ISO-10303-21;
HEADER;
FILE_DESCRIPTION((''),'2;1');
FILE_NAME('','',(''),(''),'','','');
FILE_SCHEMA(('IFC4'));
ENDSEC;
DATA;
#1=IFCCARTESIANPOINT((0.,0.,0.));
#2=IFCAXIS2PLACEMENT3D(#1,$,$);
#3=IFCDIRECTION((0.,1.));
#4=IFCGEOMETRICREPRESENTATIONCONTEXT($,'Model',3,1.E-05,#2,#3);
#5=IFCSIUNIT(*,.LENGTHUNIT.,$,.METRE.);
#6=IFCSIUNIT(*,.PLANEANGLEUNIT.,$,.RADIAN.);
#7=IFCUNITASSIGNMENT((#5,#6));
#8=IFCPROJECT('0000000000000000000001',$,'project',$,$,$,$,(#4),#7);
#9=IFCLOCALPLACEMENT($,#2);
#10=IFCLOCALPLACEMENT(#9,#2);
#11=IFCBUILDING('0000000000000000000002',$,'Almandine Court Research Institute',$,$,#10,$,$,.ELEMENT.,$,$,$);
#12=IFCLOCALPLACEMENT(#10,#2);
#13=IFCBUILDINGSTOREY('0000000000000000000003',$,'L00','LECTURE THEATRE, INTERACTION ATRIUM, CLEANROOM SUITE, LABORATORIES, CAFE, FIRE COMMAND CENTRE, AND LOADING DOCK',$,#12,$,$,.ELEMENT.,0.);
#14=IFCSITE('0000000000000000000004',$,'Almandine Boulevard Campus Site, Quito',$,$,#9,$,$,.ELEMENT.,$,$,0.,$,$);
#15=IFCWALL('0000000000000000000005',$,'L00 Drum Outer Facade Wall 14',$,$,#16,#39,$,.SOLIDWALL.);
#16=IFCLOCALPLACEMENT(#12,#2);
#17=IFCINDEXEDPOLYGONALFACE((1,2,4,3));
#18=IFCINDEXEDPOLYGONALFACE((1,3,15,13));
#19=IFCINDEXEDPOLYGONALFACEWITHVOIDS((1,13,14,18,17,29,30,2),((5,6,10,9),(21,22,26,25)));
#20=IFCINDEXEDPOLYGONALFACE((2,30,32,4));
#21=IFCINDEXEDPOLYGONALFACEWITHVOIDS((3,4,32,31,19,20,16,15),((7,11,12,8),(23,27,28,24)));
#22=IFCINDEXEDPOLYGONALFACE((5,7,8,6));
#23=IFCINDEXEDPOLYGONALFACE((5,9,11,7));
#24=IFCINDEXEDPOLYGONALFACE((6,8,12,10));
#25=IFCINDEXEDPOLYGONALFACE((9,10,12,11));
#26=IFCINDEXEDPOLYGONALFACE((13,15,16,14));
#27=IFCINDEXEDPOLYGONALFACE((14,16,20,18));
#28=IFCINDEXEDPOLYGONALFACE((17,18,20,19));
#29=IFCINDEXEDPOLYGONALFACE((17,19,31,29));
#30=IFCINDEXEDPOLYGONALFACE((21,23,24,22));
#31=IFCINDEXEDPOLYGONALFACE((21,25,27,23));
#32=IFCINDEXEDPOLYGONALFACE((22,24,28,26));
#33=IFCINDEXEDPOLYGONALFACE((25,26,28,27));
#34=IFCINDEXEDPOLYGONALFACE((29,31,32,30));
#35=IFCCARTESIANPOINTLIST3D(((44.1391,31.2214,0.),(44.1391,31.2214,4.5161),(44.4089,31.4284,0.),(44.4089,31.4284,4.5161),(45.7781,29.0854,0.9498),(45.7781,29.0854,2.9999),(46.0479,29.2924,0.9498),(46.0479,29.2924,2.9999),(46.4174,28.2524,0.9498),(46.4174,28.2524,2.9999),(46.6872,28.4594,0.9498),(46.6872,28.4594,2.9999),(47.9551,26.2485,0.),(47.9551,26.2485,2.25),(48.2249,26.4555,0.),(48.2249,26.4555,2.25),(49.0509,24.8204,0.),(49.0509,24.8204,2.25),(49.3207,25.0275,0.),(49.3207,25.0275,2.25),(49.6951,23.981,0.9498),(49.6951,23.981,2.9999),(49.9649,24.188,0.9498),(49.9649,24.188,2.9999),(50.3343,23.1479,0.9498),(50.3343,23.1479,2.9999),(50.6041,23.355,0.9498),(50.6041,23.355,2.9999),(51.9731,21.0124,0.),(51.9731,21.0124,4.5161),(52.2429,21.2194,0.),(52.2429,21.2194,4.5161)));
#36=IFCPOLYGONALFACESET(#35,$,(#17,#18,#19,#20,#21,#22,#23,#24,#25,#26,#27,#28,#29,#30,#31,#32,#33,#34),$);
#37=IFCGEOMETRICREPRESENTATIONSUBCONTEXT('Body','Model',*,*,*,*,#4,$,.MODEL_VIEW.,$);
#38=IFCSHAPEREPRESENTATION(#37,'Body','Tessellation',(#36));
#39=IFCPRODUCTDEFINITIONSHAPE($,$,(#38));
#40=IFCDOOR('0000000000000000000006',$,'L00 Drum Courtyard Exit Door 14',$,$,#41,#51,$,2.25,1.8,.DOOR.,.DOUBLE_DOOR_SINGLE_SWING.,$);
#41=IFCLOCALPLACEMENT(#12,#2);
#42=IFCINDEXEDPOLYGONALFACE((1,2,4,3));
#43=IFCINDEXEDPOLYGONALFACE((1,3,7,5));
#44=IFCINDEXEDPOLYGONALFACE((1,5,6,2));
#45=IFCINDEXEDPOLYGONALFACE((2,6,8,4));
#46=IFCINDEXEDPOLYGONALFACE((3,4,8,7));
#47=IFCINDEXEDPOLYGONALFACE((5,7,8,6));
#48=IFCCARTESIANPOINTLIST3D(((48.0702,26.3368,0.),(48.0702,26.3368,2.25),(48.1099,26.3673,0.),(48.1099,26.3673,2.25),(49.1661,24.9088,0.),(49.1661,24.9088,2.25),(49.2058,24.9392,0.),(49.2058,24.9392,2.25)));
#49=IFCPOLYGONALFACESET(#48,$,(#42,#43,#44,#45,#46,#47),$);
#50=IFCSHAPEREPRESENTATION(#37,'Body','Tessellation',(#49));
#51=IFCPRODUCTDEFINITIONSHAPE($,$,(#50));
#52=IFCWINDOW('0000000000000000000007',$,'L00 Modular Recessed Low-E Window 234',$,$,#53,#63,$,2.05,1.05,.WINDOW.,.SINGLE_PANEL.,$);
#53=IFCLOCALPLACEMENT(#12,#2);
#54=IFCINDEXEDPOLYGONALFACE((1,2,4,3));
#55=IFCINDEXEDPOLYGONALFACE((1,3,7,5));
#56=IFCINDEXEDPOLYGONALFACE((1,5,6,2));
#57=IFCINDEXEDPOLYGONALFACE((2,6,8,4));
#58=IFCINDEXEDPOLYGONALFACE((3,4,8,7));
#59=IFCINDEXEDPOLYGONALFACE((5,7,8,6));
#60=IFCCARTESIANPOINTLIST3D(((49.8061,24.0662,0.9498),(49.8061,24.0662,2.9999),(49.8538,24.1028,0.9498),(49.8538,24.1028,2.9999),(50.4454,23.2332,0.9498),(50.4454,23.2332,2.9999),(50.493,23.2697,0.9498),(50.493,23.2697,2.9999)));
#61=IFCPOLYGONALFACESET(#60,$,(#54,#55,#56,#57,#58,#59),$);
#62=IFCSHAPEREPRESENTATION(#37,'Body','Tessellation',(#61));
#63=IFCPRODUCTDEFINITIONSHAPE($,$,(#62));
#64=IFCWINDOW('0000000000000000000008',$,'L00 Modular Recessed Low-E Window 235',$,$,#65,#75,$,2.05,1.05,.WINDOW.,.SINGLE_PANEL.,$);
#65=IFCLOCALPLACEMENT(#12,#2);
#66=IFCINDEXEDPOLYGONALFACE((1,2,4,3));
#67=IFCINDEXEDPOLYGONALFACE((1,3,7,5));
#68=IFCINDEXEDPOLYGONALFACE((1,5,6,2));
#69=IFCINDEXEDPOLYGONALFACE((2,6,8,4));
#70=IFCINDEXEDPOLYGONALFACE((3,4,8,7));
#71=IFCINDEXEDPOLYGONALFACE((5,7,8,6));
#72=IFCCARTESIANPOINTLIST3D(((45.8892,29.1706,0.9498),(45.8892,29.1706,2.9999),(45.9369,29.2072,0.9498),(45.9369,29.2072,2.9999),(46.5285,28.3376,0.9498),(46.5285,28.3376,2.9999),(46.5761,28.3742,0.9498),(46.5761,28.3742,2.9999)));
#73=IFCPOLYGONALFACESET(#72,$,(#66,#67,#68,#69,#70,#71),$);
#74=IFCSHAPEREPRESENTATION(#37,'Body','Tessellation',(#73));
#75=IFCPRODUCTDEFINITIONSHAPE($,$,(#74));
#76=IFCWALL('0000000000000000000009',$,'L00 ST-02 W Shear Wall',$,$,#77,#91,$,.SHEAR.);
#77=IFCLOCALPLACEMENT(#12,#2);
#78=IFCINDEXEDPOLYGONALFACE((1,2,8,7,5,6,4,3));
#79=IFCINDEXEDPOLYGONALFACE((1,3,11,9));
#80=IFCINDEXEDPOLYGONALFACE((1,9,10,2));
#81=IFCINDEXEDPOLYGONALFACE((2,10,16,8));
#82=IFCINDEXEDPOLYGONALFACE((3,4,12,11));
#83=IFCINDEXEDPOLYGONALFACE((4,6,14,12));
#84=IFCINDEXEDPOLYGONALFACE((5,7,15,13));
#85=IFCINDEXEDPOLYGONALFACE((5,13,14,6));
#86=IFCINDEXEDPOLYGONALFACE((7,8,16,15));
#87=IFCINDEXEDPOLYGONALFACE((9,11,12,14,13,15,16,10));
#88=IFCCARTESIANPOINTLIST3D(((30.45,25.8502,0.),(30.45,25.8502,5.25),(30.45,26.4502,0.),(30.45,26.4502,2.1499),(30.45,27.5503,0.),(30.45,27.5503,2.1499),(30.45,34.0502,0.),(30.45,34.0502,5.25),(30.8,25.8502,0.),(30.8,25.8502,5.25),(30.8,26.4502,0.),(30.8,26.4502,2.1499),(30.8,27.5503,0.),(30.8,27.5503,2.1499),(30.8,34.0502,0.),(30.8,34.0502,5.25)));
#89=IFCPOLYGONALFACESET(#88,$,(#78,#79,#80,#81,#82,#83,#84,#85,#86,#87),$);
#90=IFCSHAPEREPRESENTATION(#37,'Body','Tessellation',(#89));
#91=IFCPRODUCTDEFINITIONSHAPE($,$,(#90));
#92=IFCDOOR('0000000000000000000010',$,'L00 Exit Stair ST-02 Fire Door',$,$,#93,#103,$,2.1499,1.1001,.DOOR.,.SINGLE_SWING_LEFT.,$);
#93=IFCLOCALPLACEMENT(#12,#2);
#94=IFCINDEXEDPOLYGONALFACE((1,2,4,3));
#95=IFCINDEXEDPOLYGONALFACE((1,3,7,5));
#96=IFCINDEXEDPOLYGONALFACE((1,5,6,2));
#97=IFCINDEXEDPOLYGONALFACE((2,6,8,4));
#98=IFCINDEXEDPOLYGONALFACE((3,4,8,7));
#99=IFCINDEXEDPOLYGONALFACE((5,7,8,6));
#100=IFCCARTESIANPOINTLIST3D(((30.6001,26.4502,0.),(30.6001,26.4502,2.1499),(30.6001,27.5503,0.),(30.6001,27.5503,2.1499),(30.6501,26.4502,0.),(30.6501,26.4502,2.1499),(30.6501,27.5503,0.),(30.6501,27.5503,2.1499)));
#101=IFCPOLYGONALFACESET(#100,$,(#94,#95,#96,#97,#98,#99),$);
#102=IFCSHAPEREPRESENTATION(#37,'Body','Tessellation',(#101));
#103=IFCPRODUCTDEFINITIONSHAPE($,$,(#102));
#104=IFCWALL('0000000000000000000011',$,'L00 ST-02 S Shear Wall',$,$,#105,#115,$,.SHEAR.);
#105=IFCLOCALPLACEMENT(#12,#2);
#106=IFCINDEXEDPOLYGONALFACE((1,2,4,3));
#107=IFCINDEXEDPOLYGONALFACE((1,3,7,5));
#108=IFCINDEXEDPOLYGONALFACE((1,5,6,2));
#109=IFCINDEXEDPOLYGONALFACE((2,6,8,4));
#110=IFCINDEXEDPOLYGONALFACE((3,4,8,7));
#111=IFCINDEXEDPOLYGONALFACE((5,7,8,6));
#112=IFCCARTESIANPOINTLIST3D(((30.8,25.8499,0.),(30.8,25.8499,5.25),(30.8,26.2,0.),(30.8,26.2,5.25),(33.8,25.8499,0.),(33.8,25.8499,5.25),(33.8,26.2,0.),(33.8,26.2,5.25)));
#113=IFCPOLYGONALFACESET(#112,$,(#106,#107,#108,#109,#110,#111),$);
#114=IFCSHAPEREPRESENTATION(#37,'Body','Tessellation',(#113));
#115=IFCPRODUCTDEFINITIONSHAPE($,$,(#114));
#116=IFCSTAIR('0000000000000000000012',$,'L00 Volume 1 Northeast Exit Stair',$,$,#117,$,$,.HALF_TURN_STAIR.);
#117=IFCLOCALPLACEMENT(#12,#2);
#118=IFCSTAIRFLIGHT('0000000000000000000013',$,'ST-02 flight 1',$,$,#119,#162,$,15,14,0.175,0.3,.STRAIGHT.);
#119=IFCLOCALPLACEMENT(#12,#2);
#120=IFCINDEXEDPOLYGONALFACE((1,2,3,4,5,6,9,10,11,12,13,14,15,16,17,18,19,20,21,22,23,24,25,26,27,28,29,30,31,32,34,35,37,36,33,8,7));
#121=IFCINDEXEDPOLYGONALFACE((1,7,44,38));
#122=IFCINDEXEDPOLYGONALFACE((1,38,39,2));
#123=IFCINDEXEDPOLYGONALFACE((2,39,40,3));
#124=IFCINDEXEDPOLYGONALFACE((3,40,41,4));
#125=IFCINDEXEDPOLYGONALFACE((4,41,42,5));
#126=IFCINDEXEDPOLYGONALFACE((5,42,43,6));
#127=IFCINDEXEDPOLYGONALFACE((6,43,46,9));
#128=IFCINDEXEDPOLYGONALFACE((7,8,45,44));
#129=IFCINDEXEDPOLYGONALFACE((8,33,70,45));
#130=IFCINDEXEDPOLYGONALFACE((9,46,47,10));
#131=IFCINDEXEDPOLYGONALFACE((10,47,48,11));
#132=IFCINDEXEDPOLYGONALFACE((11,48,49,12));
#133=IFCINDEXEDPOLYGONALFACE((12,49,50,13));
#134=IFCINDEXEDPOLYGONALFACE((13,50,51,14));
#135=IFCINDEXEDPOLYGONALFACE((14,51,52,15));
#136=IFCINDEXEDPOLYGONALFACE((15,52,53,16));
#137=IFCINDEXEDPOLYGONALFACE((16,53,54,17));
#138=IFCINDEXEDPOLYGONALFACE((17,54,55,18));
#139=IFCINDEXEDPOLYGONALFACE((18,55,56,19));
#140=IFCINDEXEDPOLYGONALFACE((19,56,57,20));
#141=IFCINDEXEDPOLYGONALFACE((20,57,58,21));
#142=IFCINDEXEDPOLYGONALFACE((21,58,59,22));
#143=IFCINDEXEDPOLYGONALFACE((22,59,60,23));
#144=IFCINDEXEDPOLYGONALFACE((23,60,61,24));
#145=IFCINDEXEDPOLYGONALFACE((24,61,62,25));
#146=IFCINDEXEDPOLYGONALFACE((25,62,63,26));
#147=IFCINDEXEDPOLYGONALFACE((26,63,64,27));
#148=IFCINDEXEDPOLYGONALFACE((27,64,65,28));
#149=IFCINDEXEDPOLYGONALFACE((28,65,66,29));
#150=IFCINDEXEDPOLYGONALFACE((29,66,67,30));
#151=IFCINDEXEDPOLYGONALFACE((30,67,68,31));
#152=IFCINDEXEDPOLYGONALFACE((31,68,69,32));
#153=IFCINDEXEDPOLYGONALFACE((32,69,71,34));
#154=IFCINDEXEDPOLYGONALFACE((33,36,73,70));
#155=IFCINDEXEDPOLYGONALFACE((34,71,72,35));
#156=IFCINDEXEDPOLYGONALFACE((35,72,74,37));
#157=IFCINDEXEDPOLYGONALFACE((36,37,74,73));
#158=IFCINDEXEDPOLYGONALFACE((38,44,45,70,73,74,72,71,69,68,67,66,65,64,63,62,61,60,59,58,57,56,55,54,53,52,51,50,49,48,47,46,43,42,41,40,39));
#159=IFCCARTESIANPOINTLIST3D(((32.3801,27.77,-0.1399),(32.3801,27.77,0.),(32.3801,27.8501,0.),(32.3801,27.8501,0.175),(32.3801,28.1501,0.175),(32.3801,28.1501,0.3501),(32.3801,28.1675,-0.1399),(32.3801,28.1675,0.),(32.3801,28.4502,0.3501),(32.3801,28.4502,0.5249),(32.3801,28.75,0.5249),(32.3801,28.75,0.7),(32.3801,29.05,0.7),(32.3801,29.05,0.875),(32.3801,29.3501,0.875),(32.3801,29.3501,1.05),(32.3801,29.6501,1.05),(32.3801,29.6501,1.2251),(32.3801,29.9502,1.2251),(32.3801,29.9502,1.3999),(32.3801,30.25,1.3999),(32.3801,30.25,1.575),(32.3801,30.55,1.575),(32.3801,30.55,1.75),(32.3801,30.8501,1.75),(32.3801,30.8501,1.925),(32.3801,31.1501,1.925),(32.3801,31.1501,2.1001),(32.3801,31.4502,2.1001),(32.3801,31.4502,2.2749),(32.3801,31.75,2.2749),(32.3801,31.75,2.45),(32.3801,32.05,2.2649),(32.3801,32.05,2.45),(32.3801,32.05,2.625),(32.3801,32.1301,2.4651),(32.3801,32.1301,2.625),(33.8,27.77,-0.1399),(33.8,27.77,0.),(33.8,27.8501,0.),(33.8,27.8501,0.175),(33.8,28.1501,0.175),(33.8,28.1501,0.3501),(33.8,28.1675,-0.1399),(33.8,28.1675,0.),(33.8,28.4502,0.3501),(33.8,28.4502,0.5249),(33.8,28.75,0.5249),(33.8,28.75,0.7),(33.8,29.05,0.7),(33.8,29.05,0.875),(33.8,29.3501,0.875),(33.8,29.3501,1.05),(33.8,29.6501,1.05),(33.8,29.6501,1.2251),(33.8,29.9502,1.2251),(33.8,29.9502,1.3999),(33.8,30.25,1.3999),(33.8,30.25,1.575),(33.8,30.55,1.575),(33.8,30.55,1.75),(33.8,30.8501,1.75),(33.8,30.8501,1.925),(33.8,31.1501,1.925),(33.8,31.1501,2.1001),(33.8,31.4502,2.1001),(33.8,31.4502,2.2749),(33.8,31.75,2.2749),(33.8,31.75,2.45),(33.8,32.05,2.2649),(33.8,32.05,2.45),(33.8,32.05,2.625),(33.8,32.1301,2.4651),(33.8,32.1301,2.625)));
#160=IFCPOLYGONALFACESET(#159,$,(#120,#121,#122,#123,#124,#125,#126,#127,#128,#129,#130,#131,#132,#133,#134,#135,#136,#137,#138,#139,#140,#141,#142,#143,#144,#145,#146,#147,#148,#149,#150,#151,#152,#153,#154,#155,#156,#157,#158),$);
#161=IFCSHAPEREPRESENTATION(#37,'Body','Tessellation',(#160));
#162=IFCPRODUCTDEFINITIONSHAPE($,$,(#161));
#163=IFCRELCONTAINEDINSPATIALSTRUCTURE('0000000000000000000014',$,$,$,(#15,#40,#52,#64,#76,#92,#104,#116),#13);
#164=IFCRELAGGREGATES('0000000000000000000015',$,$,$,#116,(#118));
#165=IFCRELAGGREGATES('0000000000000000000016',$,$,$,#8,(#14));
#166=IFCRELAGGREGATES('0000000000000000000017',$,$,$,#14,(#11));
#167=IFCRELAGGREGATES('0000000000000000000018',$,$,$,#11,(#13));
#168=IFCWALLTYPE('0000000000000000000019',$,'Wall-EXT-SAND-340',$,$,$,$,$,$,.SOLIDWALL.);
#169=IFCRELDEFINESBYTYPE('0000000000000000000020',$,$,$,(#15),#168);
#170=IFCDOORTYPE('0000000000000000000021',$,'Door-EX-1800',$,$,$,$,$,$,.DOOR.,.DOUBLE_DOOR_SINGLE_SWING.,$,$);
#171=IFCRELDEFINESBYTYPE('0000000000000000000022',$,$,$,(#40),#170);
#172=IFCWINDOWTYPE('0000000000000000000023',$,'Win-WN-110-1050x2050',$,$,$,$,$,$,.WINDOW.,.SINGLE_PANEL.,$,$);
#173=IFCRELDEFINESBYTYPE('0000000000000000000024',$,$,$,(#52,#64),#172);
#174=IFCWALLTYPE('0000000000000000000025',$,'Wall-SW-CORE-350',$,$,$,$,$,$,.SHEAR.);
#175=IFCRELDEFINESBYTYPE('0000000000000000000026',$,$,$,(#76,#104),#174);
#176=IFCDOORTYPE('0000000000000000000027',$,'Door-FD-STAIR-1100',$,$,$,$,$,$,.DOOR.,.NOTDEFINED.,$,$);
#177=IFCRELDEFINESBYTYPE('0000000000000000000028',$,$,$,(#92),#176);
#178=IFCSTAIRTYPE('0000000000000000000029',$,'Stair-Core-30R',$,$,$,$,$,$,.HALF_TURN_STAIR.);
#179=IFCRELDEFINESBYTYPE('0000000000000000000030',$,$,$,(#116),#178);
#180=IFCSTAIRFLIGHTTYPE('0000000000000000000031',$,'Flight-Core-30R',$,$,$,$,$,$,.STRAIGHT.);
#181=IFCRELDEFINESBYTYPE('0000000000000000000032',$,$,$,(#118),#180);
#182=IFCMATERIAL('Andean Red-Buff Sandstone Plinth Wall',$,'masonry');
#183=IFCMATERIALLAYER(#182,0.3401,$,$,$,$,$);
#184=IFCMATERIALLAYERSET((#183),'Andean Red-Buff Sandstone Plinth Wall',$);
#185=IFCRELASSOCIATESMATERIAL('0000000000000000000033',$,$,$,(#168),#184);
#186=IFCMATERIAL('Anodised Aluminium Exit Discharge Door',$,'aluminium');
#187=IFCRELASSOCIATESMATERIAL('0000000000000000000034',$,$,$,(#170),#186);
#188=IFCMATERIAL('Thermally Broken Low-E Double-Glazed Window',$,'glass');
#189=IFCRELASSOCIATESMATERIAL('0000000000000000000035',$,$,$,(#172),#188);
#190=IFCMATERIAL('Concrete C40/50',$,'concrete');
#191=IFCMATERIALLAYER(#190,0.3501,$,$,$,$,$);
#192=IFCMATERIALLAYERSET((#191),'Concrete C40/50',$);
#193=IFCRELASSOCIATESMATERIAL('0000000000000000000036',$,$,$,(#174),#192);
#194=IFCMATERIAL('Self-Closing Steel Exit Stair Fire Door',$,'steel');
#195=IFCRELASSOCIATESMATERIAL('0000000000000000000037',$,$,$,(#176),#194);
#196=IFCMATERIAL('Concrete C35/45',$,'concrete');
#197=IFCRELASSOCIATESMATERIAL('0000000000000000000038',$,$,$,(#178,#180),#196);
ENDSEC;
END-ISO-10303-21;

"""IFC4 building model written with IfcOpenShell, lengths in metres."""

from ifc_helpers import new_model, si_unit, direction, frame, frame_2d, origin, place, context, subcontext, project, spatial, polyline, rectangle, outline, extrude, material, layer, layer_set, type_object, element, fill, aggregate, save


model = new_model("IFC4")

# Units and contexts
model_context = context("Model", 3, precision=1e-05, world=origin(), true_north=direction((0.0, 1.0)))
body_context = subcontext(model_context, "Body", "Model", "MODEL_VIEW")
ifc_project = project(units=[si_unit("LENGTHUNIT", "METRE"), si_unit("PLANEANGLEUNIT", "RADIAN")], contexts=[model_context])

# Site, building, storey
site_placement = place(None, origin())
site = spatial("IfcSite", under=ifc_project, at=site_placement, Name="Almandine Boulevard Campus Site, Quito", CompositionType="ELEMENT", RefElevation=0.0)
building_placement = place(site_placement, origin())
building = spatial("IfcBuilding", under=site, at=building_placement, Name="Almandine Court Research Institute", CompositionType="ELEMENT")
storey_placement = place(building_placement, origin())
storey = spatial("IfcBuildingStorey", under=building, at=storey_placement, Name="L00", Description="LECTURE THEATRE, INTERACTION ATRIUM, CLEANROOM SUITE, LABORATORIES, CAFE, FIRE COMMAND CENTRE, AND LOADING DOCK", CompositionType="ELEMENT", Elevation=0.0)

# Shared definitions
ifc_material_1 = material(Name="Andean Red-Buff Sandstone Plinth Wall", Category="masonry")
ifc_layer_1 = layer(ifc_material_1, 0.3401)
ifc_layer_set_1 = layer_set([ifc_layer_1], Name="Andean Red-Buff Sandstone Plinth Wall")
wall_type_1 = type_object("IfcWallType", Name="Wall-EXT-SAND-340", PredefinedType="SOLIDWALL", material=ifc_layer_set_1)
ifc_material_2 = material(Name="Anodised Aluminium Exit Discharge Door", Category="aluminium")
door_type_1 = type_object("IfcDoorType", Name="Door-EX-1800", OperationType="DOUBLE_DOOR_SINGLE_SWING", PredefinedType="DOOR", material=ifc_material_2)
ifc_material_3 = material(Name="Thermally Broken Low-E Double-Glazed Window", Category="glass")

# Wall, openings, door, windows
wall_1_placement = place(storey_placement, frame((52.1079, 21.116, 0.0), z_axis=(0.0, 0.0, 1.0), x_axis=(-0.608779, 0.79334, 0.0)))
wall_1 = element("IfcWall", 1, at=wall_1_placement, inside=storey, type_object=wall_type_1, Name="L00 Drum Outer Facade Wall 14", PredefinedType="SOLIDWALL", context=body_context, shape_type="SweptSolid", body=[
    extrude(rectangle(XDim=12.8684, YDim=0.3401, at=frame_2d((6.4341, 0.0))), origin(), (0.0, 0.0, 1.0), 4.5161),
])
opening_1_placement = place(wall_1_placement, frame((4.8, 0.0, 0.0)))
opening_1 = element("IfcOpeningElement", 2, at=opening_1_placement, cuts=wall_1, PredefinedType="OPENING", context=body_context, shape_type="SweptSolid", body=[
    extrude(rectangle(XDim=1.8, YDim=2.25, at=frame_2d((0.8999, 1.125))), frame((0.0, 0.1799, 0.0), z_axis=(0.0, -1.0, 0.0), x_axis=(1.0, 0.0, 0.0)), (0.0, 0.0, 1.0), 0.3601),
])
opening_2_placement = place(wall_1_placement, frame((2.6919, 0.0, 0.95)))
opening_2 = element("IfcOpeningElement", 3, at=opening_2_placement, cuts=wall_1, PredefinedType="OPENING", context=body_context, shape_type="SweptSolid", body=[
    extrude(rectangle(XDim=1.05, YDim=2.05, at=frame_2d((0.5249, 1.0249))), frame((0.0, 0.1799, 0.0), z_axis=(0.0, -1.0, 0.0), x_axis=(1.0, 0.0, 0.0)), (0.0, 0.0, 1.0), 0.3601),
])
opening_3_placement = place(wall_1_placement, frame((9.126, 0.0, 0.95)))
opening_3 = element("IfcOpeningElement", 4, at=opening_3_placement, cuts=wall_1, PredefinedType="OPENING", context=body_context, shape_type="SweptSolid", body=[
    extrude(rectangle(XDim=1.05, YDim=2.05, at=frame_2d((0.5249, 1.0249))), frame((0.0, 0.1799, 0.0), z_axis=(0.0, -1.0, 0.0), x_axis=(1.0, 0.0, 0.0)), (0.0, 0.0, 1.0), 0.3601),
])
door_1_placement = place(opening_1_placement, origin())
door_1 = element("IfcDoor", 5, at=door_1_placement, inside=storey, type_object=door_type_1, Name="L00 Drum Courtyard Exit Door 14", OperationType="DOUBLE_DOOR_SINGLE_SWING", OverallHeight=2.25, OverallWidth=1.8, PredefinedType="DOOR", context=body_context, shape_type="SweptSolid", body=[
    extrude(rectangle(XDim=1.8, YDim=2.25, at=frame_2d((0.8999, 1.125))), frame((0.0, 0.0249, 0.0), z_axis=(0.0, -1.0, 0.0), x_axis=(1.0, 0.0, 0.0)), (0.0, 0.0, 1.0), 0.05),
])
fill(opening_1, door_1)
window_type_1 = type_object("IfcWindowType", Name="Win-WN-110-1050x2050", PartitioningType="SINGLE_PANEL", PredefinedType="WINDOW", material=ifc_material_3)
window_1_placement = place(opening_2_placement, origin())
window_1 = element("IfcWindow", 6, at=window_1_placement, inside=storey, type_object=window_type_1, Name="L00 Modular Recessed Low-E Window 234", OverallHeight=2.05, OverallWidth=1.05, PartitioningType="SINGLE_PANEL", PredefinedType="WINDOW", context=body_context, shape_type="SweptSolid", body=[
    extrude(rectangle(XDim=1.05, YDim=2.05, at=frame_2d((0.5249, 1.0249))), frame((0.0, 0.03, 0.0), z_axis=(0.0, -1.0, 0.0), x_axis=(1.0, 0.0, 0.0)), (0.0, 0.0, 1.0), 0.0601),
])
fill(opening_2, window_1)
window_2_placement = place(opening_3_placement, origin())
window_2 = element("IfcWindow", 7, at=window_2_placement, inside=storey, type_object=window_type_1, Name="L00 Modular Recessed Low-E Window 235", OverallHeight=2.05, OverallWidth=1.05, PartitioningType="SINGLE_PANEL", PredefinedType="WINDOW", context=body_context, shape_type="SweptSolid", body=[
    extrude(rectangle(XDim=1.05, YDim=2.05, at=frame_2d((0.5249, 1.0249))), frame((0.0, 0.03, 0.0), z_axis=(0.0, -1.0, 0.0), x_axis=(1.0, 0.0, 0.0)), (0.0, 0.0, 1.0), 0.0601),
])
fill(opening_3, window_2)

# Wall, opening, door
ifc_material_4 = material(Name="Concrete C40/50", Category="concrete")
ifc_layer_2 = layer(ifc_material_4, 0.3501)
ifc_layer_set_2 = layer_set([ifc_layer_2], Name="Concrete C40/50")
wall_type_2 = type_object("IfcWallType", Name="Wall-SW-CORE-350", PredefinedType="SHEAR", material=ifc_layer_set_2)
wall_2_placement = place(storey_placement, frame((30.625, 25.8501, 0.0), z_axis=(0.0, 0.0, 1.0), x_axis=(0.0, 1.0, 0.0)))
wall_2 = element("IfcWall", 8, at=wall_2_placement, inside=storey, type_object=wall_type_2, Name="L00 ST-02 W Shear Wall", PredefinedType="SHEAR", context=body_context, shape_type="SweptSolid", body=[
    extrude(rectangle(XDim=8.2, YDim=0.3501, at=frame_2d((4.1001, 0.0))), origin(), (0.0, 0.0, 1.0), 5.25),
])
opening_4_placement = place(wall_2_placement, frame((0.6001, 0.0, 0.0)))
opening_4 = element("IfcOpeningElement", 9, at=opening_4_placement, cuts=wall_2, PredefinedType="OPENING", context=body_context, shape_type="SweptSolid", body=[
    extrude(rectangle(XDim=1.1001, YDim=2.1499, at=frame_2d((0.55, 1.075))), frame((0.0, 0.1851, 0.0), z_axis=(0.0, -1.0, 0.0), x_axis=(1.0, 0.0, 0.0)), (0.0, 0.0, 1.0), 0.3701),
])
ifc_material_5 = material(Name="Self-Closing Steel Exit Stair Fire Door", Category="steel")
door_type_2 = type_object("IfcDoorType", Name="Door-FD-STAIR-1100", OperationType="NOTDEFINED", PredefinedType="DOOR", material=ifc_material_5)
door_2_placement = place(opening_4_placement, origin())
door_2 = element("IfcDoor", 10, at=door_2_placement, inside=storey, type_object=door_type_2, Name="L00 Exit Stair ST-02 Fire Door", OperationType="SINGLE_SWING_LEFT", OverallHeight=2.1499, OverallWidth=1.1001, PredefinedType="DOOR", context=body_context, shape_type="SweptSolid", body=[
    extrude(rectangle(XDim=1.1001, YDim=2.1499, at=frame_2d((0.55, 1.075))), frame((0.0, 0.0249, 0.0), z_axis=(0.0, -1.0, 0.0), x_axis=(1.0, 0.0, 0.0)), (0.0, 0.0, 1.0), 0.05),
])
fill(opening_4, door_2)

# Wall
wall_3_placement = place(storey_placement, frame((33.8, 26.0249, 0.0), z_axis=(0.0, 0.0, 1.0), x_axis=(-1.0, 0.0, 0.0)))
element("IfcWall", 11, at=wall_3_placement, inside=storey, type_object=wall_type_2, Name="L00 ST-02 S Shear Wall", PredefinedType="SHEAR", context=body_context, shape_type="SweptSolid", body=[
    extrude(rectangle(XDim=3.0, YDim=0.3501, at=frame_2d((1.5, 0.0))), origin(), (0.0, 0.0, 1.0), 5.25),
])

# Stair, stair flight
ifc_material_6 = material(Name="Concrete C35/45", Category="concrete")
stair_type = type_object("IfcStairType", Name="Stair-Core-30R", PredefinedType="HALF_TURN_STAIR", material=ifc_material_6)
stair_placement = place(storey_placement, origin())
stair = element("IfcStair", 12, at=stair_placement, inside=storey, type_object=stair_type, Name="L00 Volume 1 Northeast Exit Stair", PredefinedType="HALF_TURN_STAIR")
stair_flight_type = type_object("IfcStairFlightType", Name="Flight-Core-30R", PredefinedType="STRAIGHT", material=ifc_material_6)
stair_flight_placement = place(storey_placement, frame((33.0901, 27.8501, 0.0), z_axis=(0.0, 0.0, 1.0), x_axis=(0.0, 1.0, 0.0)))
stair_flight = element("IfcStairFlight", 13, at=stair_flight_placement, type_object=stair_flight_type, Name="ST-02 flight 1", NumberOfRisers=15, NumberOfTreads=14, PredefinedType="STRAIGHT", RiserHeight=0.175, TreadLength=0.3, context=body_context, shape_type="SweptSolid", body=[
    extrude(outline(polyline([(-0.0801, -0.1399), (-0.0801, 0.0), (0.0, 0.0), (0.0, 0.175), (0.3, 0.175), (0.3, 0.3501), (0.6001, 0.3501), (0.6001, 0.5249), (0.8999, 0.5249), (0.8999, 0.7), (1.2, 0.7), (1.2, 0.875), (1.5, 0.875), (1.5, 1.05), (1.8, 1.05), (1.8, 1.2251), (2.1001, 1.2251), (2.1001, 1.3999), (2.3999, 1.3999), (2.3999, 1.575), (2.7, 1.575), (2.7, 1.75), (3.0, 1.75), (3.0, 1.925), (3.3, 1.925), (3.3, 2.1001), (3.6001, 2.1001), (3.6001, 2.2749), (3.8999, 2.2749), (3.8999, 2.45), (4.2, 2.45), (4.2, 2.625), (4.28, 2.625), (4.28, 2.4651), (4.2, 2.2649), (0.3174, 0.0), (0.3174, -0.1399), (-0.0801, -0.1399)])), frame((0.0, 0.71, 0.0), z_axis=(0.0, -1.0, 0.0), x_axis=(1.0, 0.0, 0.0)), (0.0, 0.0, 1.0), 1.4199),
])
aggregate(stair, [stair_flight])

save(model, "model.ifc")
